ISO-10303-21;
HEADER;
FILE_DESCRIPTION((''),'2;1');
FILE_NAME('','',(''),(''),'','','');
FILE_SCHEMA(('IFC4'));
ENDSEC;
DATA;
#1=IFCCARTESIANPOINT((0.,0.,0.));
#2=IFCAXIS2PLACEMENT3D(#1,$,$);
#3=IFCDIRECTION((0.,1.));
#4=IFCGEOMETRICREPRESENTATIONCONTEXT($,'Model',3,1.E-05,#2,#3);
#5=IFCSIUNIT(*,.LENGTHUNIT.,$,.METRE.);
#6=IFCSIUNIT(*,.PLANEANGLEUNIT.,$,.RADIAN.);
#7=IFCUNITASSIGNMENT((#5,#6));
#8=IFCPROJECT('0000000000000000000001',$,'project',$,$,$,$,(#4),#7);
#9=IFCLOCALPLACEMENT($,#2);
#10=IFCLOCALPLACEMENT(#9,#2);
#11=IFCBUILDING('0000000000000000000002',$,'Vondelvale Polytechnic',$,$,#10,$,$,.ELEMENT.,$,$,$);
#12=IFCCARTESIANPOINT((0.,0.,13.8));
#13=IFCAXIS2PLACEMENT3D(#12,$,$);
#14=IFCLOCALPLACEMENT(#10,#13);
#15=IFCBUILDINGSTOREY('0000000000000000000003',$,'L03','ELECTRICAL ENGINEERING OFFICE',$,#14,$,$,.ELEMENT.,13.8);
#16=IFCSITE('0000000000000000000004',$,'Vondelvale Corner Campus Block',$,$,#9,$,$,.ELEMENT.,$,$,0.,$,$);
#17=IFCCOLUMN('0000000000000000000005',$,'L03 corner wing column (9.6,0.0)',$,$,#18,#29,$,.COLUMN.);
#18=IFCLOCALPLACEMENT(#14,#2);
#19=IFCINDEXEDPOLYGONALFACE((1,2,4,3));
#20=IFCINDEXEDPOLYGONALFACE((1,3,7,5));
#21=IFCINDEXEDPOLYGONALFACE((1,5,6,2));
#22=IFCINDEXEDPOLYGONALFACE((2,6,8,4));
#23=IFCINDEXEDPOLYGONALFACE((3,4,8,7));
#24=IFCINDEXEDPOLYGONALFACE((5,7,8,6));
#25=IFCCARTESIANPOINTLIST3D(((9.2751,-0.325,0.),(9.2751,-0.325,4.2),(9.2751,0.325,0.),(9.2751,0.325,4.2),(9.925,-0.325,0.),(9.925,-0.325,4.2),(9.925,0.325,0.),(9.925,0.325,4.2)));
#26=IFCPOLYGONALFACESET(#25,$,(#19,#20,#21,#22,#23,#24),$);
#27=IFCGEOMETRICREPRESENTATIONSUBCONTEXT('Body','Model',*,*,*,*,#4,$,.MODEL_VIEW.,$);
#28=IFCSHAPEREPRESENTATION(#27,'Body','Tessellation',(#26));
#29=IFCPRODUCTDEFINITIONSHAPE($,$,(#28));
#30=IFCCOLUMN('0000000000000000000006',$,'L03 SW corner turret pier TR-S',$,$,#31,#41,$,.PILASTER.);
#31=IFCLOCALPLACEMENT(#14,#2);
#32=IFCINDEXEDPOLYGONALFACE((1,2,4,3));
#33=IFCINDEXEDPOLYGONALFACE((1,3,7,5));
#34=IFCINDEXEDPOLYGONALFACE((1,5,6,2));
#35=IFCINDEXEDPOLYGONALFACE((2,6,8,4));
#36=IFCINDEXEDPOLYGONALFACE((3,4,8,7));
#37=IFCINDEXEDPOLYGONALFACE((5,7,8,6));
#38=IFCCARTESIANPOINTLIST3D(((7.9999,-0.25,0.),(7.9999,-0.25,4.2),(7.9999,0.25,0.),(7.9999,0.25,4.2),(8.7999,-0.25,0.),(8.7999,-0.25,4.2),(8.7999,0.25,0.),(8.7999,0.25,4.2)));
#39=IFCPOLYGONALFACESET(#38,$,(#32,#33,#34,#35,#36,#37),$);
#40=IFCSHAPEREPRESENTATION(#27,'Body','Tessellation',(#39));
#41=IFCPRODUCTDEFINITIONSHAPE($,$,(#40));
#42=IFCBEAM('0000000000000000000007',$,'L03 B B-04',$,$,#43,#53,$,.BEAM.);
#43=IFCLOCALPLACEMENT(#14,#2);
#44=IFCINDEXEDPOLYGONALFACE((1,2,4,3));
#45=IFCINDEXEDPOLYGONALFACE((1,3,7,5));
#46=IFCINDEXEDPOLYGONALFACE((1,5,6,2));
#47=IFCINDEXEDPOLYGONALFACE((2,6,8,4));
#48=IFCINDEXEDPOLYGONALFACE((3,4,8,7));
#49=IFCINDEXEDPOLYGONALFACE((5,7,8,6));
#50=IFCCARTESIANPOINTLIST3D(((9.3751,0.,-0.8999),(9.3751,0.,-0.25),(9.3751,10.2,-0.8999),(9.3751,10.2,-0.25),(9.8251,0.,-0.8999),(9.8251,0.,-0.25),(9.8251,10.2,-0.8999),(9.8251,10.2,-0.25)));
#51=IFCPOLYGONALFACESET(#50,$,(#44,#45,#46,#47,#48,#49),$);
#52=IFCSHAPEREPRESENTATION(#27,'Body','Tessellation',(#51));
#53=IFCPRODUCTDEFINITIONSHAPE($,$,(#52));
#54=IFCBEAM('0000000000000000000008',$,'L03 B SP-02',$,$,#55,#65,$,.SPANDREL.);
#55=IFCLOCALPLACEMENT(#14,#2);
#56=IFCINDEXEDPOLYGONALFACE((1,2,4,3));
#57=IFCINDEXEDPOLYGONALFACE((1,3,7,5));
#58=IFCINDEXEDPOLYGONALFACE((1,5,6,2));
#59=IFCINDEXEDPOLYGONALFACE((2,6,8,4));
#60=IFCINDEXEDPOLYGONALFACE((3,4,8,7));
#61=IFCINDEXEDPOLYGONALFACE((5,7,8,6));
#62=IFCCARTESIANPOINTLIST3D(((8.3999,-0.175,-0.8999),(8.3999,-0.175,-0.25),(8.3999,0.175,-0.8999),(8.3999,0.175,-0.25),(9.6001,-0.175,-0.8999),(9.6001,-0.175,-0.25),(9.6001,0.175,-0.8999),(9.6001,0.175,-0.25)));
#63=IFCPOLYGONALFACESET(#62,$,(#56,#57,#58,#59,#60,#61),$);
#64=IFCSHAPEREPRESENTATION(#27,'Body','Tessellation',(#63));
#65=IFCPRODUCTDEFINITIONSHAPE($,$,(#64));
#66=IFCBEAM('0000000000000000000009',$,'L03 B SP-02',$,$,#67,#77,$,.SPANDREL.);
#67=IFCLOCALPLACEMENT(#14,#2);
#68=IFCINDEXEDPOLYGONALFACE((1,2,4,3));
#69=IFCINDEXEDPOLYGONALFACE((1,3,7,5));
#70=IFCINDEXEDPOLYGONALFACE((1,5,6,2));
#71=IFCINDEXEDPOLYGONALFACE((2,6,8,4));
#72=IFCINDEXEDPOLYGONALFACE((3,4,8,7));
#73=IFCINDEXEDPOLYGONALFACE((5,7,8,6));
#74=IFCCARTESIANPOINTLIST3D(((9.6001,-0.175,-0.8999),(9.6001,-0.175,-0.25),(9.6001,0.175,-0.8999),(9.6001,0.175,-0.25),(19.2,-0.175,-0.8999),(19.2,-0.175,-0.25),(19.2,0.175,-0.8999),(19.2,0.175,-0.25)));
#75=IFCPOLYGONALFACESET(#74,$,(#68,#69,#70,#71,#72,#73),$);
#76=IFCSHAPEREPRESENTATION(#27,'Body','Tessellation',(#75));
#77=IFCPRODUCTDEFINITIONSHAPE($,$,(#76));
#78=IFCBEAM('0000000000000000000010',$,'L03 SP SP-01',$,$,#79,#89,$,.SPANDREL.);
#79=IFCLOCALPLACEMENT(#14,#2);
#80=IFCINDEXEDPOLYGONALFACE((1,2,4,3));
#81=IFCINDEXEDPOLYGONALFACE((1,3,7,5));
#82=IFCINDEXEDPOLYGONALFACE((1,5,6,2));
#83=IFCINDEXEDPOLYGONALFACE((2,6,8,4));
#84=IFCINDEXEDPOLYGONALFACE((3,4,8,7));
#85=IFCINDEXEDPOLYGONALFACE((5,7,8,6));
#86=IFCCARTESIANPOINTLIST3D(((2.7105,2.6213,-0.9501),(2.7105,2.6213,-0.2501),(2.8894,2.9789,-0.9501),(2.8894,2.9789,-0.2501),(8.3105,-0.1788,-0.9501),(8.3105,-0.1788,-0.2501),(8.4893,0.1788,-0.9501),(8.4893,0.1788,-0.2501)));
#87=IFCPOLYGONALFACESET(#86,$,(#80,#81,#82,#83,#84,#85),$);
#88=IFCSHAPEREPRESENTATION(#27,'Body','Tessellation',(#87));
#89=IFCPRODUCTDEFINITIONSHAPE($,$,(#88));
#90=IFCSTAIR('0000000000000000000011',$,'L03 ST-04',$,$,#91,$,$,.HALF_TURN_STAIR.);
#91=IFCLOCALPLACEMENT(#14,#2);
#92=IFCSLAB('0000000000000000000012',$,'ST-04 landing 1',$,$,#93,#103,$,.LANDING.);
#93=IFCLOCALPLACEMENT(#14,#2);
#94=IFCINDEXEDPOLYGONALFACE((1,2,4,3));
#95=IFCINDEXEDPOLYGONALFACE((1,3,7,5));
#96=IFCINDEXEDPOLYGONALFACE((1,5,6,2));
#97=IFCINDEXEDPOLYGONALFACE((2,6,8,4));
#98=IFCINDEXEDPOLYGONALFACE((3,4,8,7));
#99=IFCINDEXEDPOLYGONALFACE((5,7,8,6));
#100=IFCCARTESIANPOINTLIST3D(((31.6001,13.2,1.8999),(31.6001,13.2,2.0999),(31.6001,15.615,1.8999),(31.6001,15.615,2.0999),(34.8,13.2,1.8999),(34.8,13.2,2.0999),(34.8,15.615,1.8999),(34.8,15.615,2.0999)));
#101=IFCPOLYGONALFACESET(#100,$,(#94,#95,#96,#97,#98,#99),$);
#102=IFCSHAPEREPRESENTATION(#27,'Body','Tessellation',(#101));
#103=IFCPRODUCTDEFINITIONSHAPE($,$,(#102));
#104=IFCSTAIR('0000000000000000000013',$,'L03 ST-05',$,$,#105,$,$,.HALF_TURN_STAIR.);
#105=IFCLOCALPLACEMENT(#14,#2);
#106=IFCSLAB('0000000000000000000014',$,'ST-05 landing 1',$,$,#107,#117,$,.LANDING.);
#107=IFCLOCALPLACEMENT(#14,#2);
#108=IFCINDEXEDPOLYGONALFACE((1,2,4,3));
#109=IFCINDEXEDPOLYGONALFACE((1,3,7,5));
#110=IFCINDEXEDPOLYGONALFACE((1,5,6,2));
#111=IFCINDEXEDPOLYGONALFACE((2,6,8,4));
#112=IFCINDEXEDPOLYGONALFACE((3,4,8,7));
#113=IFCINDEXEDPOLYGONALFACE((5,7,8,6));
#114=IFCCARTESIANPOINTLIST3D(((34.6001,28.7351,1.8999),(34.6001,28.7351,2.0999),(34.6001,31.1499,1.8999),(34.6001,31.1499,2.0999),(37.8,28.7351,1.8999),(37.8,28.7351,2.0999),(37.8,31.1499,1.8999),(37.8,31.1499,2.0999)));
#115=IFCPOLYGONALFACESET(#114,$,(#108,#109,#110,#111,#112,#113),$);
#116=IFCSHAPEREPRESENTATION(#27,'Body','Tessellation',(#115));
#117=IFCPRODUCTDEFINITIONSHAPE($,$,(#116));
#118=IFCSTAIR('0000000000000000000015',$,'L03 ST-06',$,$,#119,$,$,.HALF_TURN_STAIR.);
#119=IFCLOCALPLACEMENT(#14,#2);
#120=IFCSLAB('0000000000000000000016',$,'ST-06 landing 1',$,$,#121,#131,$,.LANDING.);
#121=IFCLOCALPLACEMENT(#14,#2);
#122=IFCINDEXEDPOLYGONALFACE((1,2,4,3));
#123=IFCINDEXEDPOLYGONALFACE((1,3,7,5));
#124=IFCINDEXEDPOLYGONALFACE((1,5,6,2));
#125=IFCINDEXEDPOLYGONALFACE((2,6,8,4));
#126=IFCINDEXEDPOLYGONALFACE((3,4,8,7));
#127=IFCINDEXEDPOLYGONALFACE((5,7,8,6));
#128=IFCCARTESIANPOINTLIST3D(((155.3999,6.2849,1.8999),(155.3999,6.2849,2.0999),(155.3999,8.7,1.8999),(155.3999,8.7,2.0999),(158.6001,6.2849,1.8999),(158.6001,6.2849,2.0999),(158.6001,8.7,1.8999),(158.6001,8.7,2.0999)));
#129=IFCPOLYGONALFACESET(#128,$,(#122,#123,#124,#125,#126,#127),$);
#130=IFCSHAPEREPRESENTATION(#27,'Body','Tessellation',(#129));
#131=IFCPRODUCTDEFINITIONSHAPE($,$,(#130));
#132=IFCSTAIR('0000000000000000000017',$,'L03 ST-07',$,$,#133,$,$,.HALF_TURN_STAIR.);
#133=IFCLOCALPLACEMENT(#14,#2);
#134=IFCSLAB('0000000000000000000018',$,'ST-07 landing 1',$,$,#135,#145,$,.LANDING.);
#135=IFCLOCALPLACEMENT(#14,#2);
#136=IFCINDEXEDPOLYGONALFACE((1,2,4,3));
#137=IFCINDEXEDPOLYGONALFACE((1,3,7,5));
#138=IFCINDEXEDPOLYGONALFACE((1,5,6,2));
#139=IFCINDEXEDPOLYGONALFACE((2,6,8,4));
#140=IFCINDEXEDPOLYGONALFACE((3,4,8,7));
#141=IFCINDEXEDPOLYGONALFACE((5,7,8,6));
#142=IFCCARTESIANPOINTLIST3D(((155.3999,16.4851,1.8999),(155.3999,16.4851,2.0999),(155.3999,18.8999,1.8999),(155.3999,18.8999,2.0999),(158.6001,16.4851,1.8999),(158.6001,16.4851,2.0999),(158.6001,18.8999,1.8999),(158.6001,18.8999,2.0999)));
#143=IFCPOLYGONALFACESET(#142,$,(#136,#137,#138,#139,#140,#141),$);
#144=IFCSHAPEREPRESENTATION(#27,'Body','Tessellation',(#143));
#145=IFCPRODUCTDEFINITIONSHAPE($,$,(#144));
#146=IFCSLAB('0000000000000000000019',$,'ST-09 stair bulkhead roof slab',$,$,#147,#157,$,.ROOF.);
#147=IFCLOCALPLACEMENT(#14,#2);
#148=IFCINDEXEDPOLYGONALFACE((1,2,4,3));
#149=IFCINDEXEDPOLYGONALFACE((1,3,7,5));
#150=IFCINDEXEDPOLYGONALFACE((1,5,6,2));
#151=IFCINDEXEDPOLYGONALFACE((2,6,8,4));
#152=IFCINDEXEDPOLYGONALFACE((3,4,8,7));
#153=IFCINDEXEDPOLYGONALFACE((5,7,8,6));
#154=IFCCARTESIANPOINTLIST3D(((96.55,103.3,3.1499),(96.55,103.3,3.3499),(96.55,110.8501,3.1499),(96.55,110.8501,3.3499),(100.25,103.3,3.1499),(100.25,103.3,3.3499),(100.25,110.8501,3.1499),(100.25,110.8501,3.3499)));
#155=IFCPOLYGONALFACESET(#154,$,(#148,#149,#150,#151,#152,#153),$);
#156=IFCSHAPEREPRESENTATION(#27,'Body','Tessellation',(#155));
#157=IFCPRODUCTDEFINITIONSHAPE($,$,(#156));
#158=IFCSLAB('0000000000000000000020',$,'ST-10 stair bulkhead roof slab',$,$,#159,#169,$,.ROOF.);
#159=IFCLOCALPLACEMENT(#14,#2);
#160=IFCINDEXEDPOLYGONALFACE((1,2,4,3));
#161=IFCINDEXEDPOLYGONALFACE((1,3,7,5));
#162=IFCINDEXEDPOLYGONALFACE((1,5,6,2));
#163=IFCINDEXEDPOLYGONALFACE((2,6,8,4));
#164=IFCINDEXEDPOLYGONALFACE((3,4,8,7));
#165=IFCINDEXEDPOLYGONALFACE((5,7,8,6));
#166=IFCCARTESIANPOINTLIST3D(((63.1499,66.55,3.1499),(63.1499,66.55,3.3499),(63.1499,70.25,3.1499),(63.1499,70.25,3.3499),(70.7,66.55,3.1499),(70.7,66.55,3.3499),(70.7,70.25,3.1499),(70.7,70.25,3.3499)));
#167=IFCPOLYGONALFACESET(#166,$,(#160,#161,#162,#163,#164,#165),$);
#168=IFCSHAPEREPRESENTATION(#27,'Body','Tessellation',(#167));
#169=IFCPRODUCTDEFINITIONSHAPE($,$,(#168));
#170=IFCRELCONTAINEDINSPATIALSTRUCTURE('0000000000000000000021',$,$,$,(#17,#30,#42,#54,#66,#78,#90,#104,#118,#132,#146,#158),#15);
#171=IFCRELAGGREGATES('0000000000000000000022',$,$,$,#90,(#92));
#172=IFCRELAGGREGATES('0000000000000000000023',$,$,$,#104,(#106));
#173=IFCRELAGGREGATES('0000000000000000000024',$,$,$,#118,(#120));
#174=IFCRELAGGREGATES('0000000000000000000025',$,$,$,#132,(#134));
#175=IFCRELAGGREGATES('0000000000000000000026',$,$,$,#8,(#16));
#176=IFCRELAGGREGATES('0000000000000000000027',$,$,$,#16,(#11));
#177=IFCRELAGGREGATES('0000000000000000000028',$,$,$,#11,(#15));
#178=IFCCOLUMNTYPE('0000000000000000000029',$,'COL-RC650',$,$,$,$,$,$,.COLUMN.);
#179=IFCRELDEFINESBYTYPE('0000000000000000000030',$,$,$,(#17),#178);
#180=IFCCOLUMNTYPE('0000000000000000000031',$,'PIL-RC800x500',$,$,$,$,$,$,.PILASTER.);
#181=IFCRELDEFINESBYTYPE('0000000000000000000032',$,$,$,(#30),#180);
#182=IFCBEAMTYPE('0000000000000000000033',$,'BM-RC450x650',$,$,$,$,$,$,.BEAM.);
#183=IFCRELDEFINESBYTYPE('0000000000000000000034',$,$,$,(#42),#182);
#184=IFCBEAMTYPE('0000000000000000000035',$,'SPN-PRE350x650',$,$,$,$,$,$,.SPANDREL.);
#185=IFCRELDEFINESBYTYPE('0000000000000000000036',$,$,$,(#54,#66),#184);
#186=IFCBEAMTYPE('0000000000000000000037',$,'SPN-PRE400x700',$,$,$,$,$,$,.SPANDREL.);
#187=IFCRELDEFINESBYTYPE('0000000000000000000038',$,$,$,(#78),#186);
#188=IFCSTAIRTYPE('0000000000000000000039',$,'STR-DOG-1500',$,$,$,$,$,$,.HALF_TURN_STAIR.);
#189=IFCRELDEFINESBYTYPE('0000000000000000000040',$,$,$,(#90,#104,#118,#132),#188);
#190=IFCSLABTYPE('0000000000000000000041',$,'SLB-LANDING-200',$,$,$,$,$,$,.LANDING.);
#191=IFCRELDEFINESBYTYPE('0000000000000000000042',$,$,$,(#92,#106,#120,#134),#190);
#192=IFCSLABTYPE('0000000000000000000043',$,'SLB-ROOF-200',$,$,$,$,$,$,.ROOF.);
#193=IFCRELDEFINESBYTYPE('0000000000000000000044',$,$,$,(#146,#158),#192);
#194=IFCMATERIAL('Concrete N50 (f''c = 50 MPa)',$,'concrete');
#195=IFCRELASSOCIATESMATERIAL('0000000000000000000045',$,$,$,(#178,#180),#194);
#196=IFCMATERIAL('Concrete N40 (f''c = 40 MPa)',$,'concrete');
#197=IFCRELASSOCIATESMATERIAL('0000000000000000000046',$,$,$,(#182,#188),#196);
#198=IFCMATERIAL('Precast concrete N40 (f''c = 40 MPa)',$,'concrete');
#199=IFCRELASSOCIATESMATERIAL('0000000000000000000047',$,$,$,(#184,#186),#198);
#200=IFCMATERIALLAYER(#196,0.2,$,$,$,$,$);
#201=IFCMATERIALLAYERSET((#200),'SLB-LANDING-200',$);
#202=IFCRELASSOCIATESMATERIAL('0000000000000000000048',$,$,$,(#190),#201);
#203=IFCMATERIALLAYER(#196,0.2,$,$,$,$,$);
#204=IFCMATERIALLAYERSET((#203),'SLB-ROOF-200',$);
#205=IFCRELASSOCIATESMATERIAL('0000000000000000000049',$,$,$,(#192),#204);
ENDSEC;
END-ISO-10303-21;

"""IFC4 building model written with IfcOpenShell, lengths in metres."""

from ifc_helpers import new_model, si_unit, direction, frame, origin, origin_2d, place, context, subcontext, project, spatial, polyline, rectangle, outline, extrude, material, layer, layer_set, material_profile, profile_set, type_object, element, aggregate, save


model = new_model("IFC4")

# Units and contexts
model_context = context("Model", 3, precision=1e-05, world=origin(), true_north=direction((0.0, 1.0)))
body_context = subcontext(model_context, "Body", "Model", "MODEL_VIEW")
ifc_project = project(units=[si_unit("LENGTHUNIT", "METRE"), si_unit("PLANEANGLEUNIT", "RADIAN")], contexts=[model_context])

# Site, building, storey
site_placement = place(None, origin())
site = spatial("IfcSite", under=ifc_project, at=site_placement, Name="Vondelvale Corner Campus Block", CompositionType="ELEMENT", RefElevation=0.0)
building_placement = place(site_placement, origin())
building = spatial("IfcBuilding", under=site, at=building_placement, Name="Vondelvale Polytechnic", CompositionType="ELEMENT")
storey_placement = place(building_placement, frame((0.0, 0.0, 13.8)))
storey = spatial("IfcBuildingStorey", under=building, at=storey_placement, Name="L03", Description="ELECTRICAL ENGINEERING OFFICE", CompositionType="ELEMENT", Elevation=13.8)

# Columns
ifc_material_1 = material(Name="Concrete N50 (f'c = 50 MPa)", Category="concrete")
ifc_material_profile_1 = material_profile(ifc_material_1, rectangle(XDim=0.6499, YDim=0.6499, at=origin_2d()), Name="RC-COL-650x650")
ifc_profile_set_1 = profile_set([ifc_material_profile_1], Name="Concrete N50 (f'c = 50 MPa)")
column_type_1 = type_object("IfcColumnType", Name="COL-RC650", PredefinedType="COLUMN", material=ifc_profile_set_1)
column_1_placement = place(storey_placement, frame((9.6001, 0.0, 0.0), z_axis=(0.0, 0.0, 1.0), x_axis=(1.0, 0.0, 0.0)))
element("IfcColumn", 1, at=column_1_placement, inside=storey, type_object=column_type_1, Name="L03 corner wing column (9.6,0.0)", PredefinedType="COLUMN", context=body_context, shape_type="SweptSolid", body=[
    extrude(rectangle(XDim=0.6499, YDim=0.6499, at=origin_2d()), origin(), (0.0, 0.0, 1.0), 4.2),
])
ifc_material_profile_2 = material_profile(ifc_material_1, rectangle(XDim=0.5, YDim=0.8, at=origin_2d()), Name="RC-PIL-800x500")
ifc_profile_set_2 = profile_set([ifc_material_profile_2], Name="Concrete N50 (f'c = 50 MPa)")
column_type_2 = type_object("IfcColumnType", Name="PIL-RC800x500", PredefinedType="PILASTER", material=ifc_profile_set_2)
column_2_placement = place(storey_placement, frame((8.3999, 0.0, 0.0), z_axis=(0.0, 0.0, 1.0), x_axis=(0.0, 1.0, 0.0)))
element("IfcColumn", 2, at=column_2_placement, inside=storey, type_object=column_type_2, Name="L03 SW corner turret pier TR-S", PredefinedType="PILASTER", context=body_context, shape_type="SweptSolid", body=[
    extrude(rectangle(XDim=0.5, YDim=0.8, at=origin_2d()), origin(), (0.0, 0.0, 1.0), 4.2),
])

# Beams
ifc_material_2 = material(Name="Concrete N40 (f'c = 40 MPa)", Category="concrete")
ifc_material_profile_3 = material_profile(ifc_material_2, rectangle(XDim=0.45, YDim=0.6499, at=origin_2d()), Name="RC-BM-450x650")
ifc_profile_set_3 = profile_set([ifc_material_profile_3], Name="Concrete N40 (f'c = 40 MPa)")
beam_type_1 = type_object("IfcBeamType", Name="BM-RC450x650", PredefinedType="BEAM", material=ifc_profile_set_3)
beam_1_placement = place(storey_placement, frame((9.6001, 0.0, -0.575), z_axis=(0.0, 1.0, 0.0), x_axis=(-1.0, 0.0, 0.0)))
element("IfcBeam", 3, at=beam_1_placement, inside=storey, type_object=beam_type_1, Name="L03 B B-04", PredefinedType="BEAM", context=body_context, shape_type="SweptSolid", body=[
    extrude(rectangle(XDim=0.45, YDim=0.6499, at=origin_2d()), origin(), (0.0, 0.0, 1.0), 10.2),
])
ifc_material_3 = material(Name="Precast concrete N40 (f'c = 40 MPa)", Category="concrete")
ifc_material_profile_4 = material_profile(ifc_material_3, rectangle(XDim=0.3501, YDim=0.6499, at=origin_2d()), Name="RC-SPN-350x650")
ifc_profile_set_4 = profile_set([ifc_material_profile_4], Name="Precast concrete N40 (f'c = 40 MPa)")
beam_type_2 = type_object("IfcBeamType", Name="SPN-PRE350x650", PredefinedType="SPANDREL", material=ifc_profile_set_4)
beam_2_placement = place(storey_placement, frame((8.3999, 0.0, -0.575), z_axis=(1.0, 0.0, 0.0), x_axis=(0.0, 1.0, 0.0)))
element("IfcBeam", 4, at=beam_2_placement, inside=storey, type_object=beam_type_2, Name="L03 B SP-02", PredefinedType="SPANDREL", context=body_context, shape_type="SweptSolid", body=[
    extrude(rectangle(XDim=0.3501, YDim=0.6499, at=origin_2d()), origin(), (0.0, 0.0, 1.0), 1.2002),
])
beam_3_placement = place(storey_placement, frame((9.6001, 0.0, -0.575), z_axis=(1.0, 0.0, 0.0), x_axis=(0.0, 1.0, 0.0)))
element("IfcBeam", 5, at=beam_3_placement, inside=storey, type_object=beam_type_2, Name="L03 B SP-02", PredefinedType="SPANDREL", context=body_context, shape_type="SweptSolid", body=[
    extrude(rectangle(XDim=0.3501, YDim=0.6499, at=origin_2d()), origin(), (0.0, 0.0, 1.0), 9.5999),
])
ifc_material_profile_5 = material_profile(ifc_material_3, rectangle(XDim=0.3999, YDim=0.7, at=origin_2d()), Name="RC-SPN-400x700")
ifc_profile_set_5 = profile_set([ifc_material_profile_5], Name="Precast concrete N40 (f'c = 40 MPa)")
beam_type_3 = type_object("IfcBeamType", Name="SPN-PRE400x700", PredefinedType="SPANDREL", material=ifc_profile_set_5)
beam_4_placement = place(storey_placement, frame((8.3999, 0.0, -0.6001), z_axis=(-0.894419, 0.447229, 0.0), x_axis=(-0.447229, -0.894419, 0.0)))
element("IfcBeam", 6, at=beam_4_placement, inside=storey, type_object=beam_type_3, Name="L03 SP SP-01", PredefinedType="SPANDREL", context=body_context, shape_type="SweptSolid", body=[
    extrude(rectangle(XDim=0.3999, YDim=0.7, at=origin_2d()), origin(), (0.0, 0.0, 1.0), 6.261),
])

# Stairs, slabs
stair_type = type_object("IfcStairType", Name="STR-DOG-1500", PredefinedType="HALF_TURN_STAIR", material=ifc_material_2)
stair_1_placement = place(storey_placement, origin())
stair_1 = element("IfcStair", 7, at=stair_1_placement, inside=storey, type_object=stair_type, Name="L03 ST-04", PredefinedType="HALF_TURN_STAIR")
ifc_layer_1 = layer(ifc_material_2, 0.2)
ifc_layer_set_1 = layer_set([ifc_layer_1], Name="SLB-LANDING-200")
slab_type_1 = type_object("IfcSlabType", Name="SLB-LANDING-200", PredefinedType="LANDING", material=ifc_layer_set_1)
slab_1_placement = place(storey_placement, frame((0.0, 0.0, 1.8999)))
slab_1 = element("IfcSlab", 8, at=slab_1_placement, type_object=slab_type_1, Name="ST-04 landing 1", PredefinedType="LANDING", context=body_context, shape_type="SweptSolid", body=[
    extrude(outline(polyline([(31.6001, 15.615), (31.6001, 13.2), (34.8, 13.2), (34.8, 15.615), (31.6001, 15.615)])), origin(), (0.0, 0.0, 1.0), 0.2),
])
aggregate(stair_1, [slab_1])
stair_2_placement = place(storey_placement, origin())
stair_2 = element("IfcStair", 9, at=stair_2_placement, inside=storey, type_object=stair_type, Name="L03 ST-05", PredefinedType="HALF_TURN_STAIR")
slab_2_placement = place(storey_placement, frame((0.0, 0.0, 1.8999)))
slab_2 = element("IfcSlab", 10, at=slab_2_placement, type_object=slab_type_1, Name="ST-05 landing 1", PredefinedType="LANDING", context=body_context, shape_type="SweptSolid", body=[
    extrude(outline(polyline([(37.8, 28.7351), (37.8, 31.1499), (34.6001, 31.1499), (34.6001, 28.7351), (37.8, 28.7351)])), origin(), (0.0, 0.0, 1.0), 0.2),
])
aggregate(stair_2, [slab_2])
stair_3_placement = place(storey_placement, origin())
stair_3 = element("IfcStair", 11, at=stair_3_placement, inside=storey, type_object=stair_type, Name="L03 ST-06", PredefinedType="HALF_TURN_STAIR")
slab_3_placement = place(storey_placement, frame((0.0, 0.0, 1.8999)))
slab_3 = element("IfcSlab", 12, at=slab_3_placement, type_object=slab_type_1, Name="ST-06 landing 1", PredefinedType="LANDING", context=body_context, shape_type="SweptSolid", body=[
    extrude(outline(polyline([(158.6001, 6.2849), (158.6001, 8.7), (155.3999, 8.7), (155.3999, 6.2849), (158.6001, 6.2849)])), origin(), (0.0, 0.0, 1.0), 0.2),
])
aggregate(stair_3, [slab_3])
stair_4_placement = place(storey_placement, origin())
stair_4 = element("IfcStair", 13, at=stair_4_placement, inside=storey, type_object=stair_type, Name="L03 ST-07", PredefinedType="HALF_TURN_STAIR")
slab_4_placement = place(storey_placement, frame((0.0, 0.0, 1.8999)))
slab_4 = element("IfcSlab", 14, at=slab_4_placement, type_object=slab_type_1, Name="ST-07 landing 1", PredefinedType="LANDING", context=body_context, shape_type="SweptSolid", body=[
    extrude(outline(polyline([(158.6001, 16.4851), (158.6001, 18.8999), (155.3999, 18.8999), (155.3999, 16.4851), (158.6001, 16.4851)])), origin(), (0.0, 0.0, 1.0), 0.2),
])
aggregate(stair_4, [slab_4])

# Slabs
ifc_layer_2 = layer(ifc_material_2, 0.2)
ifc_layer_set_2 = layer_set([ifc_layer_2], Name="SLB-ROOF-200")
slab_type_2 = type_object("IfcSlabType", Name="SLB-ROOF-200", PredefinedType="ROOF", material=ifc_layer_set_2)
slab_5_placement = place(storey_placement, frame((0.0, 0.0, 3.1499)))
element("IfcSlab", 15, at=slab_5_placement, inside=storey, type_object=slab_type_2, Name="ST-09 stair bulkhead roof slab", PredefinedType="ROOF", context=body_context, shape_type="SweptSolid", body=[
    extrude(outline(polyline([(100.25, 103.3), (100.25, 110.8501), (96.55, 110.8501), (96.55, 103.3), (100.25, 103.3)])), origin(), (0.0, 0.0, 1.0), 0.2),
])
slab_6_placement = place(storey_placement, frame((0.0, 0.0, 3.1499)))
element("IfcSlab", 16, at=slab_6_placement, inside=storey, type_object=slab_type_2, Name="ST-10 stair bulkhead roof slab", PredefinedType="ROOF", context=body_context, shape_type="SweptSolid", body=[
    extrude(outline(polyline([(70.7, 70.25), (63.1499, 70.25), (63.1499, 66.55), (70.7, 66.55), (70.7, 70.25)])), origin(), (0.0, 0.0, 1.0), 0.2),
])

save(model, "model.ifc")
